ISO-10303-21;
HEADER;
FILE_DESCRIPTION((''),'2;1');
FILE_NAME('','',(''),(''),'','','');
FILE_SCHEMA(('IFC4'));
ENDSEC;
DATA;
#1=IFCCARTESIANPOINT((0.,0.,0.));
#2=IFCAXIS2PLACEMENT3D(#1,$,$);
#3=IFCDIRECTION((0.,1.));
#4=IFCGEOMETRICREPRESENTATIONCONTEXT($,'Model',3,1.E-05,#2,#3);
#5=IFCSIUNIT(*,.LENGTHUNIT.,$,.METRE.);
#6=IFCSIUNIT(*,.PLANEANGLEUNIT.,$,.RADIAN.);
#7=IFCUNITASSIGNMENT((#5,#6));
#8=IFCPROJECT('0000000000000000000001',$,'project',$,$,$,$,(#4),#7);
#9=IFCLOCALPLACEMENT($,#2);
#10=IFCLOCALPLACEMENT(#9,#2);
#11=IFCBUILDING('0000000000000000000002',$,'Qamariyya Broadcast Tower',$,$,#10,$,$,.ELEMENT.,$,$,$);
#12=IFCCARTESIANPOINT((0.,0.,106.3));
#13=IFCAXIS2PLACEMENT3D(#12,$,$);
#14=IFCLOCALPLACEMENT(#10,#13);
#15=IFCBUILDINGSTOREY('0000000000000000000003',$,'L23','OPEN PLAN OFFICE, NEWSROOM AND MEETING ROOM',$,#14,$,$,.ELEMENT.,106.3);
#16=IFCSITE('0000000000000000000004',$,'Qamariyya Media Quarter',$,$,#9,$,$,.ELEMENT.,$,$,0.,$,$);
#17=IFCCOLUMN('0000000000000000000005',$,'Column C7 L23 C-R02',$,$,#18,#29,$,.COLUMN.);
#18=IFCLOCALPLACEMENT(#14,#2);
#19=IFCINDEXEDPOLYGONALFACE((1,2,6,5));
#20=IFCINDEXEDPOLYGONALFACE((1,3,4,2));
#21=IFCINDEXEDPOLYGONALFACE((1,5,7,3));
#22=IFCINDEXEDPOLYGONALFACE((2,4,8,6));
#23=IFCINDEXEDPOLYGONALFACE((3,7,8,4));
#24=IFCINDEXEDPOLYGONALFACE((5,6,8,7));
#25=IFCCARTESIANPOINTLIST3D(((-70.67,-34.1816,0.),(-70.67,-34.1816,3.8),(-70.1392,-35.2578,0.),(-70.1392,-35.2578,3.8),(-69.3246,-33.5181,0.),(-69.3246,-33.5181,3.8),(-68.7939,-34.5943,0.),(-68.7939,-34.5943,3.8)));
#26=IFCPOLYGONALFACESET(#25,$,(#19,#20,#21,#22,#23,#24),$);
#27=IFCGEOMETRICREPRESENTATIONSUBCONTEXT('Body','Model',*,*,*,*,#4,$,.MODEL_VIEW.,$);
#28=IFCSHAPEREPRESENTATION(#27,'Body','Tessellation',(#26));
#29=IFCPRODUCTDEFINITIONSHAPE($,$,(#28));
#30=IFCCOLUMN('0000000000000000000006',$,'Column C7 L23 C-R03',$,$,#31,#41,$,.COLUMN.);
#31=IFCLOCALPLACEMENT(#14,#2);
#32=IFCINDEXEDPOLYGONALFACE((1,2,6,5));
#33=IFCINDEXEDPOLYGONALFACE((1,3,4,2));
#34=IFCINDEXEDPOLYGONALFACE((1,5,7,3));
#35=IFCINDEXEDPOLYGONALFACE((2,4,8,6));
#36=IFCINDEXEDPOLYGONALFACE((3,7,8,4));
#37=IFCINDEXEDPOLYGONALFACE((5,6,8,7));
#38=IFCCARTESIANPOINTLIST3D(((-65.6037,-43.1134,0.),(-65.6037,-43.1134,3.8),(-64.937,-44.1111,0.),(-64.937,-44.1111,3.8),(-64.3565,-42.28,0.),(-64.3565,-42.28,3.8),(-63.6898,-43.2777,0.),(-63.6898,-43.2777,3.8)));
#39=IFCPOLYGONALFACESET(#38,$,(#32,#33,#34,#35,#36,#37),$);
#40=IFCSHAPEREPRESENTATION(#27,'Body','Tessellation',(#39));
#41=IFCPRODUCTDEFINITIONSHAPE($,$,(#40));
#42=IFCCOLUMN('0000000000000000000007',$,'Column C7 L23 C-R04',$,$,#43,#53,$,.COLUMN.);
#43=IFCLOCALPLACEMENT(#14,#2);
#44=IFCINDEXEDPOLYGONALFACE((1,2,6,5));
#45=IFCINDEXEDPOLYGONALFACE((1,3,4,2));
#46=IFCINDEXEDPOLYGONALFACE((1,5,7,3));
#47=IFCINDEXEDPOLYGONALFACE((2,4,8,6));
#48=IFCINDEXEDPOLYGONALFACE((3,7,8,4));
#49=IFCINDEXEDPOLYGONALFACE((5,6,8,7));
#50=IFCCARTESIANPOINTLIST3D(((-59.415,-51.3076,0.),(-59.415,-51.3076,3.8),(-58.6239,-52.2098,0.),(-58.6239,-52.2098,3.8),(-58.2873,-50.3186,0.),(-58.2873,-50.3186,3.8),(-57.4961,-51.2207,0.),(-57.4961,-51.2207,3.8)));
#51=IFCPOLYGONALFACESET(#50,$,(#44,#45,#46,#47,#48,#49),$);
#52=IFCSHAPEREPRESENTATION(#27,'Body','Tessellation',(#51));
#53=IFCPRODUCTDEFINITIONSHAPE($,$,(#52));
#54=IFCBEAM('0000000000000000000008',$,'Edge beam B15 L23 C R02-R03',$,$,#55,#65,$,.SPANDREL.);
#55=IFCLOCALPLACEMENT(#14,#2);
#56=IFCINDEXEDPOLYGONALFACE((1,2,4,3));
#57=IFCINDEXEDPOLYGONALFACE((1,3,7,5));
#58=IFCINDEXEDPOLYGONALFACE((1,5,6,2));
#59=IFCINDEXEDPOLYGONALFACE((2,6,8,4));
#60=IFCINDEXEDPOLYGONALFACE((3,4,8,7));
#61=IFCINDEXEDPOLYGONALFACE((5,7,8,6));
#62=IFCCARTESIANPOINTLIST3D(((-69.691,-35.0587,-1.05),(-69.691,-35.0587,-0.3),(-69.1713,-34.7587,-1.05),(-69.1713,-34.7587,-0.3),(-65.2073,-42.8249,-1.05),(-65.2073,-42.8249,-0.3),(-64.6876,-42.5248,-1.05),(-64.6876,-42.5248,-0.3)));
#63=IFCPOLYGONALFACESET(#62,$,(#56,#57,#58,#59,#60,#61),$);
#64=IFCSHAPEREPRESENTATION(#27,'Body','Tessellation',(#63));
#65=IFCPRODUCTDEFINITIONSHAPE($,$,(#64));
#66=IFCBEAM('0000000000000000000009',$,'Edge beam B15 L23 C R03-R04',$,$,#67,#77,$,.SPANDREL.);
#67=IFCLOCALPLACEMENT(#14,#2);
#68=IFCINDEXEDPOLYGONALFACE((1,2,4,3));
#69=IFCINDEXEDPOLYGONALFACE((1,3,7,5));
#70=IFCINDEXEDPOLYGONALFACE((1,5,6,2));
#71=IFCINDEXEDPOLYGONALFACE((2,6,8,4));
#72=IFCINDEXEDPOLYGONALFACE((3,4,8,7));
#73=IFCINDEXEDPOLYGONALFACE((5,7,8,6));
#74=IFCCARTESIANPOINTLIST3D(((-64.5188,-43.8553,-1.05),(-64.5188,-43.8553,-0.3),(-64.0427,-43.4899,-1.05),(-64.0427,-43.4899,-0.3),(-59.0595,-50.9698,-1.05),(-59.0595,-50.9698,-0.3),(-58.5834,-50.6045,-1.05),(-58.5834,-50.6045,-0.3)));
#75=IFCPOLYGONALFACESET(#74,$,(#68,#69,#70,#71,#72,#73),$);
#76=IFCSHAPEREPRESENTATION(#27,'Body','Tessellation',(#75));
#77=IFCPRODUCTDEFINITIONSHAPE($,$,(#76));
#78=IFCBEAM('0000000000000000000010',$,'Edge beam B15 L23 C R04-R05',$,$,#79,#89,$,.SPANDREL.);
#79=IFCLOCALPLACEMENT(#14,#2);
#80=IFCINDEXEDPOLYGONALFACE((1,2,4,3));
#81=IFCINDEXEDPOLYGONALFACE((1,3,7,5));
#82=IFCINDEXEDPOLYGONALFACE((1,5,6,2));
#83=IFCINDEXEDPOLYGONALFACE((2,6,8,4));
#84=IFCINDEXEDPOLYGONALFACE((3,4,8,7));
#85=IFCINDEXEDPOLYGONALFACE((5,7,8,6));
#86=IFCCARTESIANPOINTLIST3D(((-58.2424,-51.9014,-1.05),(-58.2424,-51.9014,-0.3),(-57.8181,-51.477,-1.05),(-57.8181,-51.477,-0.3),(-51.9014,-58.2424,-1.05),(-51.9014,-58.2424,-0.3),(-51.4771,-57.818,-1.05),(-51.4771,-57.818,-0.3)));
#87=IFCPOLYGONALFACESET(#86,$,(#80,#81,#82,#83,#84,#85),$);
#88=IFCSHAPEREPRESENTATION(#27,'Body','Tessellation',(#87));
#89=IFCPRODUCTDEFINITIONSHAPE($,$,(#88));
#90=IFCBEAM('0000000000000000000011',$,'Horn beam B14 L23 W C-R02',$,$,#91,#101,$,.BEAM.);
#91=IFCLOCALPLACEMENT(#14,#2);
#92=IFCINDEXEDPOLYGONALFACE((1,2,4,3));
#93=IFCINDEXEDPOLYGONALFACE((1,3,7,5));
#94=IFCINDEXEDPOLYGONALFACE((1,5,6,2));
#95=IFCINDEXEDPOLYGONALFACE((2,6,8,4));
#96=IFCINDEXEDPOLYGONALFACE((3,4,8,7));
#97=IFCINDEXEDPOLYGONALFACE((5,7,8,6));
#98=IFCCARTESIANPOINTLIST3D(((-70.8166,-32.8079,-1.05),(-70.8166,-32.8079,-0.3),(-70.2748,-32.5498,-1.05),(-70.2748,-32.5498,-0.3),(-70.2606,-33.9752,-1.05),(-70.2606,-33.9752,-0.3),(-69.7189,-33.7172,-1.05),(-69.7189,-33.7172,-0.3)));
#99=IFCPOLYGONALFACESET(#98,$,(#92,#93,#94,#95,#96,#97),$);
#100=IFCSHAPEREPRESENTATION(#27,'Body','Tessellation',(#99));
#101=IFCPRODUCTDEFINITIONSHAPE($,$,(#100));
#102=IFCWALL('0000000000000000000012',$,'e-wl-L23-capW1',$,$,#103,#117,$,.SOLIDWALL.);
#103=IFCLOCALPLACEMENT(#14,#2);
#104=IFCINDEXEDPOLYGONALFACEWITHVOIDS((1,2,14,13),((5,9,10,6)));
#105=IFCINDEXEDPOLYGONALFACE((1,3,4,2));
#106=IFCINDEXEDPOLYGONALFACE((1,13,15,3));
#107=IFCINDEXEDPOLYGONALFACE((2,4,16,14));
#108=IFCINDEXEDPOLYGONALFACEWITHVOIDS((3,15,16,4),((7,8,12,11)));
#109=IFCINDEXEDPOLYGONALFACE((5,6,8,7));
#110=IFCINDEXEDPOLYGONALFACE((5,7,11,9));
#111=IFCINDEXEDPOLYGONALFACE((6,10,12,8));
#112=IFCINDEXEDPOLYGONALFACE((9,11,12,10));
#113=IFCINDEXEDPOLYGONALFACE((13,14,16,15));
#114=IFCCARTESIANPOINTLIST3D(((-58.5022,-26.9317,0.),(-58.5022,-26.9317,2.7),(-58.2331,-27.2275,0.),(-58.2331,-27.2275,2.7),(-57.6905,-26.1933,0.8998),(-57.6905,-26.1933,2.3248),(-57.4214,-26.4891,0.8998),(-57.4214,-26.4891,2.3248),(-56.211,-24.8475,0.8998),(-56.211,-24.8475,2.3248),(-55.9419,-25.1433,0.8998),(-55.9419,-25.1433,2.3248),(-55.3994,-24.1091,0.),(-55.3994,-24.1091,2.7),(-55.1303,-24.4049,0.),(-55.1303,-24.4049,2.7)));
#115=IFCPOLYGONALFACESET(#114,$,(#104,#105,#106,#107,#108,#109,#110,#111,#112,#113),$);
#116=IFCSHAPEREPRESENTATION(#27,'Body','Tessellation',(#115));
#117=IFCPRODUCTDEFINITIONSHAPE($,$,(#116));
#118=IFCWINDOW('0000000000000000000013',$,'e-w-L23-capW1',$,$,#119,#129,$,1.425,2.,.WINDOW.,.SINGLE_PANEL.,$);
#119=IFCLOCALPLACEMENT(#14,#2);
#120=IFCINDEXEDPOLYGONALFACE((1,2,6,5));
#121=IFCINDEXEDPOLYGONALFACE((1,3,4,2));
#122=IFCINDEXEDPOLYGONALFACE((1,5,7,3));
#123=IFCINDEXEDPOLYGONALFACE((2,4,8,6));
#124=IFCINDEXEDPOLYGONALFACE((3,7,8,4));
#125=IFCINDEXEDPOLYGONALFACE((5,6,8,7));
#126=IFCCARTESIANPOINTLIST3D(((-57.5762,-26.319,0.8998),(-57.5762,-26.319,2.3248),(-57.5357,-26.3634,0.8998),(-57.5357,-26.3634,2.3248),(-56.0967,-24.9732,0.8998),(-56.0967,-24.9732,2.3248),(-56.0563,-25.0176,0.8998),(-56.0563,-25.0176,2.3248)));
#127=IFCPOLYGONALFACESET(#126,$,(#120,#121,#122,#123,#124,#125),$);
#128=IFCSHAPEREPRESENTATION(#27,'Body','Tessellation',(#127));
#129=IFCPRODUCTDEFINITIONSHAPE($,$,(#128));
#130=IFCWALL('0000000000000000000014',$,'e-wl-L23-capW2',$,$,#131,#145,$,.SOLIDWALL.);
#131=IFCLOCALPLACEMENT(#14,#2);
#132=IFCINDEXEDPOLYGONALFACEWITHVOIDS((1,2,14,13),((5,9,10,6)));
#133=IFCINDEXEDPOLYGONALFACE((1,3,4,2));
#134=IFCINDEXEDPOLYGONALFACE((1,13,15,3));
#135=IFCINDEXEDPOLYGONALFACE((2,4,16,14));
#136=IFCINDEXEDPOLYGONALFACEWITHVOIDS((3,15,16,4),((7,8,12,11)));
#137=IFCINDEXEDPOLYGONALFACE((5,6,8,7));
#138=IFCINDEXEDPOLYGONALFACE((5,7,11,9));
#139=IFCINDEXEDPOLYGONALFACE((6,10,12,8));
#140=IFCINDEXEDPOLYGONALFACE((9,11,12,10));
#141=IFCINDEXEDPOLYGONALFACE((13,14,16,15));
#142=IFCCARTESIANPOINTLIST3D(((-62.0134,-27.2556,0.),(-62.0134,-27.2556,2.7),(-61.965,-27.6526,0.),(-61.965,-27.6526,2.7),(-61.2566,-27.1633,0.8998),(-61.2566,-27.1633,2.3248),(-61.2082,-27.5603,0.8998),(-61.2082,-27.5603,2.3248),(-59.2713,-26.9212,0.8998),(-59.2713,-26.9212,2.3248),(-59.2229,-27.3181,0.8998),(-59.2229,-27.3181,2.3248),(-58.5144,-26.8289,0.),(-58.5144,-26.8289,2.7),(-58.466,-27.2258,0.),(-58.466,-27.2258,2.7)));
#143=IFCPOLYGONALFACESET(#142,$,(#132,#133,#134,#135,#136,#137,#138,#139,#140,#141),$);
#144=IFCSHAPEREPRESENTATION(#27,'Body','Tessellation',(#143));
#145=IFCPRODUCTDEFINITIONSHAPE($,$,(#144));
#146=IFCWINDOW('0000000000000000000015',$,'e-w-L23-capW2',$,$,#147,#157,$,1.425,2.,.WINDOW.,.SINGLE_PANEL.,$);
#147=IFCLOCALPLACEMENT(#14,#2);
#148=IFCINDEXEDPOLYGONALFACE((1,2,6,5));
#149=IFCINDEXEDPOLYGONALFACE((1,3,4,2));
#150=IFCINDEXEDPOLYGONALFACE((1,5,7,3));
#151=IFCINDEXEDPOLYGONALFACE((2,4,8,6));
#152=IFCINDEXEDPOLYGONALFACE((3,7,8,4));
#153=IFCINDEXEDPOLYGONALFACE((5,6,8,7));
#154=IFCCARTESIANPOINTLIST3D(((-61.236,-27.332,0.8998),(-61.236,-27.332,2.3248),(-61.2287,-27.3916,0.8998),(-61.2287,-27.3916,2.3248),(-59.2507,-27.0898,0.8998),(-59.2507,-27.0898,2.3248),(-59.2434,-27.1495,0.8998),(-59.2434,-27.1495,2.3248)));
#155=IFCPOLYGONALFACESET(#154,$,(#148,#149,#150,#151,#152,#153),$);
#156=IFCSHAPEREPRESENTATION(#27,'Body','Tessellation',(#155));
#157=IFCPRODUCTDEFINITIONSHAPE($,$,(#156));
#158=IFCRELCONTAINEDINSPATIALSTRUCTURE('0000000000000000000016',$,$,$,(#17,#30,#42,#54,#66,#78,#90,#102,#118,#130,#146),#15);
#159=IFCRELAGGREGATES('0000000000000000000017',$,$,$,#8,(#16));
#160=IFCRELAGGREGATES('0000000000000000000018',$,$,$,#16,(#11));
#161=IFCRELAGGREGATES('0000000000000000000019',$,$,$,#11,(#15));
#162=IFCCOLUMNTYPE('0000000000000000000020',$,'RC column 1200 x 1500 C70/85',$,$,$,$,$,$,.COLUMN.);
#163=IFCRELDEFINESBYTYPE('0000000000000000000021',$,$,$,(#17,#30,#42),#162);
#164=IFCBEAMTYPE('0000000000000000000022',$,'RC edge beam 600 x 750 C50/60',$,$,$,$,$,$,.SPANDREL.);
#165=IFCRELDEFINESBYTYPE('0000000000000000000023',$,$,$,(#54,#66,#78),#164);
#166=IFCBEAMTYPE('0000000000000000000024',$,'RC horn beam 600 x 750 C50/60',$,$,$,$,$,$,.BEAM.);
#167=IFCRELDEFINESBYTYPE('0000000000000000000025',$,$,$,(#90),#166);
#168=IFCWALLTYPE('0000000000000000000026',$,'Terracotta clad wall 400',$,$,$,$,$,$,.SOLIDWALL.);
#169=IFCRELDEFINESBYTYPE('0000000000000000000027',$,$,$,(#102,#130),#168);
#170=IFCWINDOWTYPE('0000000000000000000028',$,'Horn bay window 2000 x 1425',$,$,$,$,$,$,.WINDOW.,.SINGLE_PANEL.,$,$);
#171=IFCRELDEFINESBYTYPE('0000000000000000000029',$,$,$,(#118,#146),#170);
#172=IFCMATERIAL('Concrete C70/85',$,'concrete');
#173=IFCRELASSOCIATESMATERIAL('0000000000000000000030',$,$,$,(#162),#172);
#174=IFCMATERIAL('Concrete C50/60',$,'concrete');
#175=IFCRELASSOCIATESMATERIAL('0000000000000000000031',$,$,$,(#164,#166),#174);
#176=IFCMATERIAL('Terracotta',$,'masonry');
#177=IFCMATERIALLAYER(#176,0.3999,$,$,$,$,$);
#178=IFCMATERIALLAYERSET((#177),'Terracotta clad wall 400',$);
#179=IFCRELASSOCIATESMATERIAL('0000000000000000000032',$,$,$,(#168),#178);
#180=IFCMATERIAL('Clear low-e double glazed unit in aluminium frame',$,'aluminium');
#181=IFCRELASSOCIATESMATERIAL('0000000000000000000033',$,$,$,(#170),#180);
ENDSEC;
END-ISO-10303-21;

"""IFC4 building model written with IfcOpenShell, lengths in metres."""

from ifc_helpers import new_model, si_unit, direction, frame, frame_2d, origin, origin_2d, place, context, subcontext, project, spatial, rectangle, extrude, material, layer, layer_set, material_profile, profile_set, type_object, element, fill, save


model = new_model("IFC4")

# Units and contexts
model_context = context("Model", 3, precision=1e-05, world=origin(), true_north=direction((0.0, 1.0)))
body_context = subcontext(model_context, "Body", "Model", "MODEL_VIEW")
ifc_project = project(units=[si_unit("LENGTHUNIT", "METRE"), si_unit("PLANEANGLEUNIT", "RADIAN")], contexts=[model_context])

# Site, building, storey
site_placement = place(None, origin())
site = spatial("IfcSite", under=ifc_project, at=site_placement, Name="Qamariyya Media Quarter", CompositionType="ELEMENT", RefElevation=0.0)
building_placement = place(site_placement, origin())
building = spatial("IfcBuilding", under=site, at=building_placement, Name="Qamariyya Broadcast Tower", CompositionType="ELEMENT")
storey_placement = place(building_placement, frame((0.0, 0.0, 106.3)))
storey = spatial("IfcBuildingStorey", under=building, at=storey_placement, Name="L23", Description="OPEN PLAN OFFICE, NEWSROOM AND MEETING ROOM", CompositionType="ELEMENT", Elevation=106.3)

# Columns
ifc_material_1 = material(Name="Concrete C70/85", Category="concrete")
ifc_material_profile_1 = material_profile(ifc_material_1, rectangle(XDim=1.2, YDim=1.5, at=origin_2d()))
ifc_profile_set_1 = profile_set([ifc_material_profile_1], Name="Concrete C70/85")
column_type = type_object("IfcColumnType", Name="RC column 1200 x 1500 C70/85", PredefinedType="COLUMN", material=ifc_profile_set_1)
for number, where, z_axis, x_axis, name in (
    (1, (-69.7319, -34.3879, 0.0), (0.0, 0.0, 1.0), (0.442289, -0.896873, 0.0), "Column C7 L23 C-R02"),
    (2, (-64.6467, -43.1956, 0.0), (0.0, 0.0, 1.0), (0.55557, -0.83147, 0.0), "Column C7 L23 C-R03"),
    (3, (-58.4556, -51.2642, 0.0), (0.0, 0.0, 1.0), (0.659346, -0.75184, 0.0), "Column C7 L23 C-R04"),
):
    element("IfcColumn", number, at=place(storey_placement, frame(where, z_axis=z_axis, x_axis=x_axis)), inside=storey, type_object=column_type, Name=name, PredefinedType="COLUMN", context=body_context, shape_type="SweptSolid", body=[
        extrude(rectangle(XDim=1.2, YDim=1.5, at=origin_2d()), origin(), (0.0, 0.0, 1.0), 3.8),
    ])

# Beams
ifc_material_2 = material(Name="Concrete C50/60", Category="concrete")
ifc_material_profile_2 = material_profile(ifc_material_2, rectangle(XDim=0.6001, YDim=0.75, at=origin_2d()))
ifc_profile_set_2 = profile_set([ifc_material_profile_2], Name="Concrete C50/60")
beam_type_1 = type_object("IfcBeamType", Name="RC edge beam 600 x 750 C50/60", PredefinedType="SPANDREL", material=ifc_profile_set_2)
beam_1_placement = place(storey_placement, frame((-69.4312, -34.9087, -0.675), z_axis=(0.49999, -0.866031, 0.0), x_axis=(0.866031, 0.49999, 0.0)))
element("IfcBeam", 4, at=beam_1_placement, inside=storey, type_object=beam_type_1, Name="Edge beam B15 L23 C R02-R03", PredefinedType="SPANDREL", context=body_context, shape_type="SweptSolid", body=[
    extrude(rectangle(XDim=0.6001, YDim=0.75, at=origin_2d()), origin(), (0.0, 0.0, 1.0), 8.9675),
])
beam_2_placement = place(storey_placement, frame((-64.2808, -43.6726, -0.675), z_axis=(0.608767, -0.793349, 0.0), x_axis=(0.793349, 0.608767, 0.0)))
element("IfcBeam", 5, at=beam_2_placement, inside=storey, type_object=beam_type_1, Name="Edge beam B15 L23 C R03-R04", PredefinedType="SPANDREL", context=body_context, shape_type="SweptSolid", body=[
    extrude(rectangle(XDim=0.6001, YDim=0.75, at=origin_2d()), origin(), (0.0, 0.0, 1.0), 8.9678),
])
beam_3_placement = place(storey_placement, frame((-58.0303, -51.6892, -0.675), z_axis=(0.707107, -0.707107, 0.0), x_axis=(0.707107, 0.707107, 0.0)))
element("IfcBeam", 6, at=beam_3_placement, inside=storey, type_object=beam_type_1, Name="Edge beam B15 L23 C R04-R05", PredefinedType="SPANDREL", context=body_context, shape_type="SweptSolid", body=[
    extrude(rectangle(XDim=0.6001, YDim=0.75, at=origin_2d()), origin(), (0.0, 0.0, 1.0), 8.9675),
])
ifc_material_profile_3 = material_profile(ifc_material_2, rectangle(XDim=0.6001, YDim=0.75, at=origin_2d()))
ifc_profile_set_3 = profile_set([ifc_material_profile_3], Name="Concrete C50/60")
beam_type_2 = type_object("IfcBeamType", Name="RC horn beam 600 x 750 C50/60", PredefinedType="BEAM", material=ifc_profile_set_3)
beam_4_placement = place(storey_placement, frame((-69.9897, -33.8462, -0.675), z_axis=(-0.429985, 0.902836, 0.0), x_axis=(-0.902836, -0.429985, 0.0)))
element("IfcBeam", 7, at=beam_4_placement, inside=storey, type_object=beam_type_2, Name="Horn beam B14 L23 W C-R02", PredefinedType="BEAM", context=body_context, shape_type="SweptSolid", body=[
    extrude(rectangle(XDim=0.6001, YDim=0.75, at=origin_2d()), origin(), (0.0, 0.0, 1.0), 1.293),
])

# Walls, openings, windows
ifc_material_3 = material(Name="Terracotta", Category="masonry")
ifc_layer = layer(ifc_material_3, 0.3999)
ifc_layer_set = layer_set([ifc_layer], Name="Terracotta clad wall 400")
wall_type = type_object("IfcWallType", Name="Terracotta clad wall 400", PredefinedType="SOLIDWALL", material=ifc_layer_set)
wall_1_placement = place(storey_placement, frame((-55.2649, -24.2571, 0.0), z_axis=(0.0, 0.0, 1.0), x_axis=(-0.739727, -0.672907, 0.0)))
wall_1 = element("IfcWall", 8, at=wall_1_placement, inside=storey, type_object=wall_type, Name="e-wl-L23-capW1", PredefinedType="SOLIDWALL", context=body_context, shape_type="SweptSolid", body=[
    extrude(rectangle(XDim=4.1946, YDim=0.3999, at=frame_2d((2.0972, 0.0))), origin(), (0.0, 0.0, 1.0), 2.7),
])
opening_1_placement = place(wall_1_placement, frame((1.0972, 0.0, 0.8999)))
opening_1 = element("IfcOpeningElement", 9, at=opening_1_placement, cuts=wall_1, PredefinedType="OPENING", context=body_context, shape_type="SweptSolid", body=[
    extrude(rectangle(XDim=2.0, YDim=1.425, at=frame_2d((1.0, 0.7124))), frame((0.0, 0.21, 0.0), z_axis=(0.0, -1.0, 0.0), x_axis=(1.0, 0.0, 0.0)), (0.0, 0.0, 1.0), 0.4199),
])
ifc_material_4 = material(Name="Clear low-e double glazed unit in aluminium frame", Category="aluminium")
window_type = type_object("IfcWindowType", Name="Horn bay window 2000 x 1425", PartitioningType="SINGLE_PANEL", PredefinedType="WINDOW", material=ifc_material_4)
window_1_placement = place(opening_1_placement, origin())
window_1 = element("IfcWindow", 10, at=window_1_placement, inside=storey, type_object=window_type, Name="e-w-L23-capW1", OverallHeight=1.425, OverallWidth=2.0, PartitioningType="SINGLE_PANEL", PredefinedType="WINDOW", context=body_context, shape_type="SweptSolid", body=[
    extrude(rectangle(XDim=2.0, YDim=1.425, at=frame_2d((1.0, 0.7124))), frame((0.0, 0.03, 0.0), z_axis=(0.0, -1.0, 0.0), x_axis=(1.0, 0.0, 0.0)), (0.0, 0.0, 1.0), 0.0601),
])
fill(opening_1, window_1)
wall_2_placement = place(storey_placement, frame((-58.4902, -27.0273, 0.0), z_axis=(0.0, 0.0, 1.0), x_axis=(-0.992644, -0.121068, 0.0)))
wall_2 = element("IfcWall", 11, at=wall_2_placement, inside=storey, type_object=wall_type, Name="e-wl-L23-capW2", PredefinedType="SOLIDWALL", context=body_context, shape_type="SweptSolid", body=[
    extrude(rectangle(XDim=3.5249, YDim=0.3999, at=frame_2d((1.7625, 0.0))), origin(), (0.0, 0.0, 1.0), 2.7),
])
opening_2_placement = place(wall_2_placement, frame((0.7625, 0.0, 0.8999)))
opening_2 = element("IfcOpeningElement", 12, at=opening_2_placement, cuts=wall_2, PredefinedType="OPENING", context=body_context, shape_type="SweptSolid", body=[
    extrude(rectangle(XDim=2.0, YDim=1.425, at=frame_2d((1.0, 0.7124))), frame((0.0, 0.21, 0.0), z_axis=(0.0, -1.0, 0.0), x_axis=(1.0, 0.0, 0.0)), (0.0, 0.0, 1.0), 0.4199),
])
window_2_placement = place(opening_2_placement, origin())
window_2 = element("IfcWindow", 13, at=window_2_placement, inside=storey, type_object=window_type, Name="e-w-L23-capW2", OverallHeight=1.425, OverallWidth=2.0, PartitioningType="SINGLE_PANEL", PredefinedType="WINDOW", context=body_context, shape_type="SweptSolid", body=[
    extrude(rectangle(XDim=2.0, YDim=1.425, at=frame_2d((1.0, 0.7124))), frame((0.0, 0.03, 0.0), z_axis=(0.0, -1.0, 0.0), x_axis=(1.0, 0.0, 0.0)), (0.0, 0.0, 1.0), 0.0601),
])
fill(opening_2, window_2)

save(model, "model.ifc")
